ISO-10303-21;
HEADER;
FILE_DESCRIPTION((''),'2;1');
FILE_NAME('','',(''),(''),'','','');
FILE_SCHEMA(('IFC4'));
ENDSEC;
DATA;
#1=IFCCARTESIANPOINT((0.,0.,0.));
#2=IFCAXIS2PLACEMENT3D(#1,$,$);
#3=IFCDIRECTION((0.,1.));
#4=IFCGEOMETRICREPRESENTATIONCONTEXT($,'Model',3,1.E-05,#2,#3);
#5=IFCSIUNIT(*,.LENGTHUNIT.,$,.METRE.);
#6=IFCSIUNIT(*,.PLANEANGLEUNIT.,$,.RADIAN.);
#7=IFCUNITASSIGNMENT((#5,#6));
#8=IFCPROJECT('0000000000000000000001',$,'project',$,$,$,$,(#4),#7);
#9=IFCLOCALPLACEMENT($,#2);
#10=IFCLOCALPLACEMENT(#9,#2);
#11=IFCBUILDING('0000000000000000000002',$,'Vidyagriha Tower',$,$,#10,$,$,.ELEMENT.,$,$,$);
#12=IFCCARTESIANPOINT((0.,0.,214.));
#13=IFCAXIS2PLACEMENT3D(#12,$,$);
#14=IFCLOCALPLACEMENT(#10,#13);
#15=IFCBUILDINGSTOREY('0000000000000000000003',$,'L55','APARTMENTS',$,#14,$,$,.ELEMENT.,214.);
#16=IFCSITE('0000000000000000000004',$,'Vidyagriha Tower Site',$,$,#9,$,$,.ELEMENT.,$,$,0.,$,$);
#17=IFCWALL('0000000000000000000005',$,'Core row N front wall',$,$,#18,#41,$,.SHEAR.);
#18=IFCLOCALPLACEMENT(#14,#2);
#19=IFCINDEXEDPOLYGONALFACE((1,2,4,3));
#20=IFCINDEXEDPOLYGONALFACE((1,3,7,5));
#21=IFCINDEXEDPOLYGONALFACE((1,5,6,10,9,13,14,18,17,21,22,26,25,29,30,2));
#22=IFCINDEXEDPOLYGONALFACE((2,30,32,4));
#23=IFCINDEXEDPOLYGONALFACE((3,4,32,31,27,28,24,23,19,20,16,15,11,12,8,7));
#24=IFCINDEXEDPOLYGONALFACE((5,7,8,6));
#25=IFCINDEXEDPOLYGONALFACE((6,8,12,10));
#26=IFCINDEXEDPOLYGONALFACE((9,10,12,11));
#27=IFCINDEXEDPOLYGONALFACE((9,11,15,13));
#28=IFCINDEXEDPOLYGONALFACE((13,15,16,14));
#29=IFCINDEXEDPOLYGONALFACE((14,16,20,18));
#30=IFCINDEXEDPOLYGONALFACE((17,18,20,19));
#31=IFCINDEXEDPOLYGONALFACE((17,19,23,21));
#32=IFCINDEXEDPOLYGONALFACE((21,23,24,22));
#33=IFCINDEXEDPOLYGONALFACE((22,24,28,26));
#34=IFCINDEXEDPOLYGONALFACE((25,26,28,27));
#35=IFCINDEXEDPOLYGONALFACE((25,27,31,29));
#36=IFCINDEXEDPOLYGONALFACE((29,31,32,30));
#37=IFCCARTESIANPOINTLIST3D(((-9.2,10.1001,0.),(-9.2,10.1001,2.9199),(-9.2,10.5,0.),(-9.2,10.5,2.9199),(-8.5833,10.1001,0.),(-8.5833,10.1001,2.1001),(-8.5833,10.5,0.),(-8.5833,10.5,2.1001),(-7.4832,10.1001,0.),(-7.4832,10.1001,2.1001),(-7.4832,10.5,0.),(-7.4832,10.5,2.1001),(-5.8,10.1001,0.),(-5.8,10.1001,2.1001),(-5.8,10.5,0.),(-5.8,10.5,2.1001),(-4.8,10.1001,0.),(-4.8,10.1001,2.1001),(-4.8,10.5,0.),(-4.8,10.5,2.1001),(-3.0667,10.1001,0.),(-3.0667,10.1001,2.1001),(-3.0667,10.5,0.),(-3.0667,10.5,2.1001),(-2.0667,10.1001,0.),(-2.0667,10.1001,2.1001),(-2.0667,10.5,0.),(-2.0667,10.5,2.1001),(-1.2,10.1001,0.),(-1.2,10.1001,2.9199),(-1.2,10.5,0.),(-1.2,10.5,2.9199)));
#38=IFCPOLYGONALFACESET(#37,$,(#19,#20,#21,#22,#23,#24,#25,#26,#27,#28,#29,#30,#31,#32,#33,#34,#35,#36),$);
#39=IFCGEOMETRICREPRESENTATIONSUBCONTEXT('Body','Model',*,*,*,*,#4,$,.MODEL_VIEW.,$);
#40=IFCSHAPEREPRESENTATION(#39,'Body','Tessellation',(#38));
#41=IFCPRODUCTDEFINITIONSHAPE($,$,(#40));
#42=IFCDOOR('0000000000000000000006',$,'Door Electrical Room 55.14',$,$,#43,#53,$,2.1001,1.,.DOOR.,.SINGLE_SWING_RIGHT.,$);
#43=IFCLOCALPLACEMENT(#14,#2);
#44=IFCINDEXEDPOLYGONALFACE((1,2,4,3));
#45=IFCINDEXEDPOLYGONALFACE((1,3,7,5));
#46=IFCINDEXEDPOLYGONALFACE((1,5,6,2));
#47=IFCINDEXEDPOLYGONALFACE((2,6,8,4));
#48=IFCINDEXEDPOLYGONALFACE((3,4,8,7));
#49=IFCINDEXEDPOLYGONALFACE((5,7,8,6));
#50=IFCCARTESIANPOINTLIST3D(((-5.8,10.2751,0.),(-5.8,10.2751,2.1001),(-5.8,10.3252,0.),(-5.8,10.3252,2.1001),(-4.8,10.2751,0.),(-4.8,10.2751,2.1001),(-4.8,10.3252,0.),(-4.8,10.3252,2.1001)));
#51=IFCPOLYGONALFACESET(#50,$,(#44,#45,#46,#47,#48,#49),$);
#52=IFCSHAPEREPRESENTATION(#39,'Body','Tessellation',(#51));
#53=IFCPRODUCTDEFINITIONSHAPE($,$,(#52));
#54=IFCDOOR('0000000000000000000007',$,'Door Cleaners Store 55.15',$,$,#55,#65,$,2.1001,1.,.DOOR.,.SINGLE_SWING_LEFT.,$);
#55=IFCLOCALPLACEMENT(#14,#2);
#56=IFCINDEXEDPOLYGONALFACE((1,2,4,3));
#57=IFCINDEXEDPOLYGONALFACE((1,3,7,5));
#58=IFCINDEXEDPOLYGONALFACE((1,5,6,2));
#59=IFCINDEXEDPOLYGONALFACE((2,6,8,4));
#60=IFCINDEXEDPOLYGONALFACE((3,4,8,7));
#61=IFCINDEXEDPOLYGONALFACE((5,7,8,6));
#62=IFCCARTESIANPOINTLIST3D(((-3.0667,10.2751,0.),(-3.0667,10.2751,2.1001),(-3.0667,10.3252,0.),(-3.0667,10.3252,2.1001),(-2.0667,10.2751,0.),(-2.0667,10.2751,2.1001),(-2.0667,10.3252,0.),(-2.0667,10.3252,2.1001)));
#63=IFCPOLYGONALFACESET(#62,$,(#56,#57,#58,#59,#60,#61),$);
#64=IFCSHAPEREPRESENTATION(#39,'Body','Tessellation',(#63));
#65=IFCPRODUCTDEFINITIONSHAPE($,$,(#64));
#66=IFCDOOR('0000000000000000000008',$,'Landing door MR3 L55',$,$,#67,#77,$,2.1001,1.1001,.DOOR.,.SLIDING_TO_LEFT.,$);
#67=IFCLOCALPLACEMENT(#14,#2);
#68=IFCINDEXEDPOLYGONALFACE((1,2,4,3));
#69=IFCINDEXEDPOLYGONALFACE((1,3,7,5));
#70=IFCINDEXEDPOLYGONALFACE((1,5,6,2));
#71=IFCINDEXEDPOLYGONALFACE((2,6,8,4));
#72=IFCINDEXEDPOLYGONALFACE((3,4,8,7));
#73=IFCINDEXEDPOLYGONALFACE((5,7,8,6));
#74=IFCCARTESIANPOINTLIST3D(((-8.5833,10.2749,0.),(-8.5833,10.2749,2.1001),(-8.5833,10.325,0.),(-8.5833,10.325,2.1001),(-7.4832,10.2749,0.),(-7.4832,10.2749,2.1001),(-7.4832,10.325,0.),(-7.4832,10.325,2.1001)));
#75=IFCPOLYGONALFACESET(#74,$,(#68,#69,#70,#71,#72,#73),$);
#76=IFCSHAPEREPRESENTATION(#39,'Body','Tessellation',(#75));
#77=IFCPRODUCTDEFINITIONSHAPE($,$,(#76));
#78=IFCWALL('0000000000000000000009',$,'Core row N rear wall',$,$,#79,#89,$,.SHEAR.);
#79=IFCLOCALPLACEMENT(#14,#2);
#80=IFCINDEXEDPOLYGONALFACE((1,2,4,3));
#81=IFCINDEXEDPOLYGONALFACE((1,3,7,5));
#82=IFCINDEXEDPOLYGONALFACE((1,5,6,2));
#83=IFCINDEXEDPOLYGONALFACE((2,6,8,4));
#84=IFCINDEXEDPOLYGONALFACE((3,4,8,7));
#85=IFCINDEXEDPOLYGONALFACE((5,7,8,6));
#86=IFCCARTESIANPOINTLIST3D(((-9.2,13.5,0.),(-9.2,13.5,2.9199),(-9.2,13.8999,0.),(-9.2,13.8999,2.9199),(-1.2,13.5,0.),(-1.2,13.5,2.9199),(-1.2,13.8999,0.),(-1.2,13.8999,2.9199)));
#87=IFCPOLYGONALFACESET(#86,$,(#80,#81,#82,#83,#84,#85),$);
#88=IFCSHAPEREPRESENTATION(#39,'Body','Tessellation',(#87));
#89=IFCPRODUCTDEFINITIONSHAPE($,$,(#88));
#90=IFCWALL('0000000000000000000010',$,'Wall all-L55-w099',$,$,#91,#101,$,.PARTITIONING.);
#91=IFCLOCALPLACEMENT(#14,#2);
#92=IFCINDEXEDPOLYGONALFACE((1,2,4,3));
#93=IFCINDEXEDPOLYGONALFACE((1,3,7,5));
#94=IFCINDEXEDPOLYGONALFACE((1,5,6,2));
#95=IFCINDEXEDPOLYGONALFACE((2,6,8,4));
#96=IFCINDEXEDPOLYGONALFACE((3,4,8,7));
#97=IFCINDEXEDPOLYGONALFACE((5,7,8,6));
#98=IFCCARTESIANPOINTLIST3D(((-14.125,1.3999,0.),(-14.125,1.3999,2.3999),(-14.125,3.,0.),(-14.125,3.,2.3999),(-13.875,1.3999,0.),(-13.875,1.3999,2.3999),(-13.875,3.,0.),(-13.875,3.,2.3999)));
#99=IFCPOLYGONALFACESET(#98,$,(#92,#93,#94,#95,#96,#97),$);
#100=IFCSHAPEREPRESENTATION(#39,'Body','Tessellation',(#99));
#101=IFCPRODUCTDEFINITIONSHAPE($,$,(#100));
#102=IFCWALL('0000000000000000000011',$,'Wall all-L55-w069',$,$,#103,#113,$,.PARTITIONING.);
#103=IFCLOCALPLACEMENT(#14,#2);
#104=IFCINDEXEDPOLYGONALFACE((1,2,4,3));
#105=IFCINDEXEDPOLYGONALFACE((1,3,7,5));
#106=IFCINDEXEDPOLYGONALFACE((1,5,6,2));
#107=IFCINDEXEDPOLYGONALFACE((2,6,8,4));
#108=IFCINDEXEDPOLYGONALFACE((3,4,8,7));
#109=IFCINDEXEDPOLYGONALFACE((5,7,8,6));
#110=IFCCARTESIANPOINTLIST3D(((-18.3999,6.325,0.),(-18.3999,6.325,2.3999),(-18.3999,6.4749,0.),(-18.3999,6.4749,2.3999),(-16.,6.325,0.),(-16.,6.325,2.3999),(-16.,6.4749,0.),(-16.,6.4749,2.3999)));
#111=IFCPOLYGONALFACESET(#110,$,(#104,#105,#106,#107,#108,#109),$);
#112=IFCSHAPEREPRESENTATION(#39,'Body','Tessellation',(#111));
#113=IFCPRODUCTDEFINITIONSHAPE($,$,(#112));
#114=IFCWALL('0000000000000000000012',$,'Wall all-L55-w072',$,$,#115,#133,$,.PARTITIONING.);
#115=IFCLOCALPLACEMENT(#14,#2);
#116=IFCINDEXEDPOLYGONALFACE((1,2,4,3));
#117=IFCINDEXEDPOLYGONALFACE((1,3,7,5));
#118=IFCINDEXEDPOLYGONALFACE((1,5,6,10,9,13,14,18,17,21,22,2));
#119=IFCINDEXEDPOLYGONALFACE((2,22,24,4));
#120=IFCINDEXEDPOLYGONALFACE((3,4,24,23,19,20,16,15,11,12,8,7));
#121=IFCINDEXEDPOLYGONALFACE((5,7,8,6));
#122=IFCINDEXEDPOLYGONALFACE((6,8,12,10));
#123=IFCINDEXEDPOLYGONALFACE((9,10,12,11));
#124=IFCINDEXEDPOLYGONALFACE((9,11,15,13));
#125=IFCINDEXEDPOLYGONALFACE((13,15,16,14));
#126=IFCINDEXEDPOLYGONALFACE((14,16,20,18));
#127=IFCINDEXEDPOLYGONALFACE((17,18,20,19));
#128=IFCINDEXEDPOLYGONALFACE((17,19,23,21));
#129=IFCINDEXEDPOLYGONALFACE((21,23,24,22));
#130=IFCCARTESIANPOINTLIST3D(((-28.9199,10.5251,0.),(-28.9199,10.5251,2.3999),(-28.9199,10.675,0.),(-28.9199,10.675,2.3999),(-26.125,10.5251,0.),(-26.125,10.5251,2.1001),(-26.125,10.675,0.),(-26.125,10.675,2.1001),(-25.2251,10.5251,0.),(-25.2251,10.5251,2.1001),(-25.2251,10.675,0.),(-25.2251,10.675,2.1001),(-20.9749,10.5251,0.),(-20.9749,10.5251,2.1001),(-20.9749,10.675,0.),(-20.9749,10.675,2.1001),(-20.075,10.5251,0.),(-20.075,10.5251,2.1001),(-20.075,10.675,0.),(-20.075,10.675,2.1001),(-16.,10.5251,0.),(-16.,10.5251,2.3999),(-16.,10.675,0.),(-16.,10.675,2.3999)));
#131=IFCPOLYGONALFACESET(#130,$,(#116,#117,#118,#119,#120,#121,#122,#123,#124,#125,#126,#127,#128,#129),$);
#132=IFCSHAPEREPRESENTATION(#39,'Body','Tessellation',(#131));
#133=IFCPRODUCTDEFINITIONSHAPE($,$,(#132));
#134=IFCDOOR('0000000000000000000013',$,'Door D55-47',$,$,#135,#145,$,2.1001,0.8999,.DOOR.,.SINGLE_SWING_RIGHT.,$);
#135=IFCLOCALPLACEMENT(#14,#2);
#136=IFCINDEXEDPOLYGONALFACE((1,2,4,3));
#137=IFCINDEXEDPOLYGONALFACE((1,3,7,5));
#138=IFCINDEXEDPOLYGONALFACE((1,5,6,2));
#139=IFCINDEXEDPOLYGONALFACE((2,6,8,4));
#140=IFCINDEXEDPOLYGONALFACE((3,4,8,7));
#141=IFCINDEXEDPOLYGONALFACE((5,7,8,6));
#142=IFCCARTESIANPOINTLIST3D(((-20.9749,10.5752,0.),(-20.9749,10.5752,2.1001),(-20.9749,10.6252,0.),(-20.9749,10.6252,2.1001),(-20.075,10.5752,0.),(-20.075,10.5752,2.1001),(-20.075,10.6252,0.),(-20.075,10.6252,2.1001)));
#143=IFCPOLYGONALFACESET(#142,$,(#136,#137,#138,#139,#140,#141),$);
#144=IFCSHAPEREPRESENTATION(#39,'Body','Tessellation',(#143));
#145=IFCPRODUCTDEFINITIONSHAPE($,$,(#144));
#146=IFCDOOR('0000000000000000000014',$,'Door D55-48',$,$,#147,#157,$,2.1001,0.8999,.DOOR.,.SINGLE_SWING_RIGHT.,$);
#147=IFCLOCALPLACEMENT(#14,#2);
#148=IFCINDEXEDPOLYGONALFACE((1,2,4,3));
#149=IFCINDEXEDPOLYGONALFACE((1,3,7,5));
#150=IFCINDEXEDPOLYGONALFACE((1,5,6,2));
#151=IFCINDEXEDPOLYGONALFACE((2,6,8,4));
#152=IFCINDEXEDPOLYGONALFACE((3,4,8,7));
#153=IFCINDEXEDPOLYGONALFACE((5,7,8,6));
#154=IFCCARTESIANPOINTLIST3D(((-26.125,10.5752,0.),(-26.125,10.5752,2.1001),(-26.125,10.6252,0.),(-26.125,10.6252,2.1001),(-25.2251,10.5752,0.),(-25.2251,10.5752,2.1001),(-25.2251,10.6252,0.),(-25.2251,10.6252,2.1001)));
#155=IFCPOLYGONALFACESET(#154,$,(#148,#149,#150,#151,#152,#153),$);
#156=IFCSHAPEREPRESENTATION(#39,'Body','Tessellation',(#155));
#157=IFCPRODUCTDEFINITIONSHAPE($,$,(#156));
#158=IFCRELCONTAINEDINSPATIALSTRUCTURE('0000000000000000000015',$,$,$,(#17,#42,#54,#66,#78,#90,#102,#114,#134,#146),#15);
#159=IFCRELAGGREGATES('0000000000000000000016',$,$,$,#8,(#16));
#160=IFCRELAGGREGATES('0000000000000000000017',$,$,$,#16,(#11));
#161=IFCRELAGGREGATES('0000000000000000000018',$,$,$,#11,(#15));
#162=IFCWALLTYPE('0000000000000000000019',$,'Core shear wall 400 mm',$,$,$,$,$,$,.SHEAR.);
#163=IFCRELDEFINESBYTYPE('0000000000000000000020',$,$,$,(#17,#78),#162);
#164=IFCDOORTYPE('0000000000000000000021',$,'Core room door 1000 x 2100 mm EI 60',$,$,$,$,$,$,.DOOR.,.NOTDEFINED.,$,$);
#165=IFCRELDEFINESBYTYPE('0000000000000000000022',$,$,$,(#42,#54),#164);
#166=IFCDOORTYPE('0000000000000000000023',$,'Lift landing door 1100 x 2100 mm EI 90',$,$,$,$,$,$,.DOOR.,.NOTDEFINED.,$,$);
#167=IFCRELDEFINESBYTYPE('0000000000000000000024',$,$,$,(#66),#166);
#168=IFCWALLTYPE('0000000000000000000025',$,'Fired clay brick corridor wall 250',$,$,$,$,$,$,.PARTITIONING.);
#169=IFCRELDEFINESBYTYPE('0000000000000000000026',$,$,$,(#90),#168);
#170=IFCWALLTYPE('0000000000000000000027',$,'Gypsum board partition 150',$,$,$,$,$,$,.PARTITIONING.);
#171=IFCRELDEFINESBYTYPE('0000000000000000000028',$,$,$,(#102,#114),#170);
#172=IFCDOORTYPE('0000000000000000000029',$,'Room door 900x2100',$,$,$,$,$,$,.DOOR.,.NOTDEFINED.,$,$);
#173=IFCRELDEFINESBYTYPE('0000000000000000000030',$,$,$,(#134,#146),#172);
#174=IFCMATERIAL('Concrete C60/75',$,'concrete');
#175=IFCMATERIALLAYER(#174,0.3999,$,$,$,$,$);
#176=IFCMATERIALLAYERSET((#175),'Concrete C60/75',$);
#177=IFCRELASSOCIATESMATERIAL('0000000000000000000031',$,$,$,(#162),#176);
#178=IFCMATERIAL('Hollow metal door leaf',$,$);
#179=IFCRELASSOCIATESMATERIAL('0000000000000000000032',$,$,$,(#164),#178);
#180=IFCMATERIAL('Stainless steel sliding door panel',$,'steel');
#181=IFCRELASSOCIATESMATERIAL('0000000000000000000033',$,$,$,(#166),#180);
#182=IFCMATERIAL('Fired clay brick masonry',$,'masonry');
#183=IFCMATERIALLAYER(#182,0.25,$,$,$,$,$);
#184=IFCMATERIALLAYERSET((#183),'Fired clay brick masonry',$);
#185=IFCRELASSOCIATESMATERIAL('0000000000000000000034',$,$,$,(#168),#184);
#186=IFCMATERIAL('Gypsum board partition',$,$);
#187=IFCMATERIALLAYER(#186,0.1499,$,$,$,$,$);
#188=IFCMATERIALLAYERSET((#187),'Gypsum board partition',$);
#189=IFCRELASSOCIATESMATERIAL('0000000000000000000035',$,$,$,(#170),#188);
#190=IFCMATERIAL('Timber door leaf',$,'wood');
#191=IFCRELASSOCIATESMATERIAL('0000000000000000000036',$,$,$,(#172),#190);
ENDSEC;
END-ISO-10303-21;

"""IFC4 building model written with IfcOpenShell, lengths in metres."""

from ifc_helpers import new_model, si_unit, direction, frame, frame_2d, origin, place, context, subcontext, project, spatial, rectangle, extrude, material, layer, layer_set, type_object, element, fill, save


model = new_model("IFC4")

# Units and contexts
model_context = context("Model", 3, precision=1e-05, world=origin(), true_north=direction((0.0, 1.0)))
body_context = subcontext(model_context, "Body", "Model", "MODEL_VIEW")
ifc_project = project(units=[si_unit("LENGTHUNIT", "METRE"), si_unit("PLANEANGLEUNIT", "RADIAN")], contexts=[model_context])

# Site, building, storey
site_placement = place(None, origin())
site = spatial("IfcSite", under=ifc_project, at=site_placement, Name="Vidyagriha Tower Site", CompositionType="ELEMENT", RefElevation=0.0)
building_placement = place(site_placement, origin())
building = spatial("IfcBuilding", under=site, at=building_placement, Name="Vidyagriha Tower", CompositionType="ELEMENT")
storey_placement = place(building_placement, frame((0.0, 0.0, 214.0)))
storey = spatial("IfcBuildingStorey", under=building, at=storey_placement, Name="L55", Description="APARTMENTS", CompositionType="ELEMENT", Elevation=214.0)

# Shared definitions
ifc_material_1 = material(Name="Concrete C60/75", Category="concrete")
ifc_layer_1 = layer(ifc_material_1, 0.3999)
ifc_layer_set_1 = layer_set([ifc_layer_1], Name="Concrete C60/75")
wall_type_1 = type_object("IfcWallType", Name="Core shear wall 400 mm", PredefinedType="SHEAR", material=ifc_layer_set_1)

# Shared definitions
ifc_material_2 = material(Name="Hollow metal door leaf")
door_type_1 = type_object("IfcDoorType", Name="Core room door 1000 x 2100 mm EI 60", OperationType="NOTDEFINED", PredefinedType="DOOR", material=ifc_material_2)
ifc_material_3 = material(Name="Stainless steel sliding door panel", Category="steel")
door_type_2 = type_object("IfcDoorType", Name="Lift landing door 1100 x 2100 mm EI 90", OperationType="NOTDEFINED", PredefinedType="DOOR", material=ifc_material_3)

# Wall, openings, doors
wall_1_placement = place(storey_placement, frame((-9.2, 10.3, 0.0)))
wall_1 = element("IfcWall", 1, at=wall_1_placement, inside=storey, type_object=wall_type_1, Name="Core row N front wall", PredefinedType="SHEAR", context=body_context, shape_type="SweptSolid", body=[
    extrude(rectangle(XDim=8.0, YDim=0.3999, at=frame_2d((4.0, 0.0))), origin(), (0.0, 0.0, 1.0), 2.9199),
])
opening_1_placement = place(wall_1_placement, frame((0.6167, 0.0, 0.0)))
opening_1 = element("IfcOpeningElement", 2, at=opening_1_placement, cuts=wall_1, PredefinedType="OPENING", context=body_context, shape_type="SweptSolid", body=[
    extrude(rectangle(XDim=1.1001, YDim=2.1001, at=frame_2d((0.55, 1.05))), frame((0.0, 0.21, 0.0), z_axis=(0.0, -1.0, 0.0), x_axis=(1.0, 0.0, 0.0)), (0.0, 0.0, 1.0), 0.4199),
])
opening_2_placement = place(wall_1_placement, frame((3.3999, 0.0, 0.0)))
opening_2 = element("IfcOpeningElement", 3, at=opening_2_placement, cuts=wall_1, PredefinedType="OPENING", context=body_context, shape_type="SweptSolid", body=[
    extrude(rectangle(XDim=1.0, YDim=2.1001, at=frame_2d((0.5, 1.05))), frame((0.0, 0.21, 0.0), z_axis=(0.0, -1.0, 0.0), x_axis=(1.0, 0.0, 0.0)), (0.0, 0.0, 1.0), 0.4199),
])
opening_3_placement = place(wall_1_placement, frame((6.1333, 0.0, 0.0)))
opening_3 = element("IfcOpeningElement", 4, at=opening_3_placement, cuts=wall_1, PredefinedType="OPENING", context=body_context, shape_type="SweptSolid", body=[
    extrude(rectangle(XDim=1.0, YDim=2.1001, at=frame_2d((0.5, 1.05))), frame((0.0, 0.21, 0.0), z_axis=(0.0, -1.0, 0.0), x_axis=(1.0, 0.0, 0.0)), (0.0, 0.0, 1.0), 0.4199),
])
door_1_placement = place(opening_2_placement, frame((1.0, 0.0, 0.0), z_axis=(0.0, 0.0, 1.0), x_axis=(-1.0, 0.0, 0.0)))
door_1 = element("IfcDoor", 5, at=door_1_placement, inside=storey, type_object=door_type_1, Name="Door Electrical Room 55.14", OperationType="SINGLE_SWING_RIGHT", OverallHeight=2.1001, OverallWidth=1.0, PredefinedType="DOOR", context=body_context, shape_type="SweptSolid", body=[
    extrude(rectangle(XDim=1.0, YDim=2.1001, at=frame_2d((0.5, 1.05))), frame((0.0, 0.0249, 0.0), z_axis=(0.0, -1.0, 0.0), x_axis=(1.0, 0.0, 0.0)), (0.0, 0.0, 1.0), 0.05),
])
fill(opening_2, door_1)
door_2_placement = place(opening_3_placement, frame((1.0, 0.0, 0.0), z_axis=(0.0, 0.0, 1.0), x_axis=(-1.0, 0.0, 0.0)))
door_2 = element("IfcDoor", 6, at=door_2_placement, inside=storey, type_object=door_type_1, Name="Door Cleaners Store 55.15", OperationType="SINGLE_SWING_LEFT", OverallHeight=2.1001, OverallWidth=1.0, PredefinedType="DOOR", context=body_context, shape_type="SweptSolid", body=[
    extrude(rectangle(XDim=1.0, YDim=2.1001, at=frame_2d((0.5, 1.05))), frame((0.0, 0.0249, 0.0), z_axis=(0.0, -1.0, 0.0), x_axis=(1.0, 0.0, 0.0)), (0.0, 0.0, 1.0), 0.05),
])
fill(opening_3, door_2)
door_3_placement = place(opening_1_placement, origin())
door_3 = element("IfcDoor", 7, at=door_3_placement, inside=storey, type_object=door_type_2, Name="Landing door MR3 L55", OperationType="SLIDING_TO_LEFT", OverallHeight=2.1001, OverallWidth=1.1001, PredefinedType="DOOR", context=body_context, shape_type="SweptSolid", body=[
    extrude(rectangle(XDim=1.1001, YDim=2.1001, at=frame_2d((0.55, 1.05))), frame((0.0, 0.0249, 0.0), z_axis=(0.0, -1.0, 0.0), x_axis=(1.0, 0.0, 0.0)), (0.0, 0.0, 1.0), 0.05),
])
fill(opening_1, door_3)

# Walls
wall_2_placement = place(storey_placement, frame((-9.2, 13.7, 0.0)))
element("IfcWall", 8, at=wall_2_placement, inside=storey, type_object=wall_type_1, Name="Core row N rear wall", PredefinedType="SHEAR", context=body_context, shape_type="SweptSolid", body=[
    extrude(rectangle(XDim=8.0, YDim=0.3999, at=frame_2d((4.0, 0.0))), origin(), (0.0, 0.0, 1.0), 2.9199),
])
ifc_material_4 = material(Name="Fired clay brick masonry", Category="masonry")
ifc_layer_2 = layer(ifc_material_4, 0.25)
ifc_layer_set_2 = layer_set([ifc_layer_2], Name="Fired clay brick masonry")
wall_type_2 = type_object("IfcWallType", Name="Fired clay brick corridor wall 250", PredefinedType="PARTITIONING", material=ifc_layer_set_2)
wall_3_placement = place(storey_placement, frame((-14.0, 3.0, 0.0), z_axis=(0.0, 0.0, 1.0), x_axis=(0.0, -1.0, 0.0)))
element("IfcWall", 9, at=wall_3_placement, inside=storey, type_object=wall_type_2, Name="Wall all-L55-w099", PredefinedType="PARTITIONING", context=body_context, shape_type="SweptSolid", body=[
    extrude(rectangle(XDim=1.6001, YDim=0.25, at=frame_2d((0.8, 0.0))), origin(), (0.0, 0.0, 1.0), 2.3999),
])
ifc_material_5 = material(Name="Gypsum board partition")
ifc_layer_3 = layer(ifc_material_5, 0.1499)
ifc_layer_set_3 = layer_set([ifc_layer_3], Name="Gypsum board partition")
wall_type_3 = type_object("IfcWallType", Name="Gypsum board partition 150", PredefinedType="PARTITIONING", material=ifc_layer_set_3)
wall_4_placement = place(storey_placement, frame((-18.3999, 6.3999, 0.0)))
element("IfcWall", 10, at=wall_4_placement, inside=storey, type_object=wall_type_3, Name="Wall all-L55-w069", PredefinedType="PARTITIONING", context=body_context, shape_type="SweptSolid", body=[
    extrude(rectangle(XDim=2.3999, YDim=0.1499, at=frame_2d((1.2, 0.0))), origin(), (0.0, 0.0, 1.0), 2.3999),
])

# Wall, openings, doors
wall_5_placement = place(storey_placement, frame((-16.0, 10.6001, 0.0), z_axis=(0.0, 0.0, 1.0), x_axis=(-1.0, 0.0, 0.0)))
wall_5 = element("IfcWall", 11, at=wall_5_placement, inside=storey, type_object=wall_type_3, Name="Wall all-L55-w072", PredefinedType="PARTITIONING", context=body_context, shape_type="SweptSolid", body=[
    extrude(rectangle(XDim=12.9199, YDim=0.1499, at=frame_2d((6.46, 0.0))), origin(), (0.0, 0.0, 1.0), 2.3999),
])
opening_4_placement = place(wall_5_placement, frame((4.075, 0.0, 0.0)))
opening_4 = element("IfcOpeningElement", 12, at=opening_4_placement, cuts=wall_5, PredefinedType="OPENING", context=body_context, shape_type="SweptSolid", body=[
    extrude(rectangle(XDim=0.8999, YDim=2.1001, at=frame_2d((0.45, 1.05))), frame((0.0, 0.085, 0.0), z_axis=(0.0, -1.0, 0.0), x_axis=(1.0, 0.0, 0.0)), (0.0, 0.0, 1.0), 0.1699),
])
opening_5_placement = place(wall_5_placement, frame((9.2251, 0.0, 0.0)))
opening_5 = element("IfcOpeningElement", 13, at=opening_5_placement, cuts=wall_5, PredefinedType="OPENING", context=body_context, shape_type="SweptSolid", body=[
    extrude(rectangle(XDim=0.8999, YDim=2.1001, at=frame_2d((0.45, 1.05))), frame((0.0, 0.085, 0.0), z_axis=(0.0, -1.0, 0.0), x_axis=(1.0, 0.0, 0.0)), (0.0, 0.0, 1.0), 0.1699),
])
ifc_material_6 = material(Name="Timber door leaf", Category="wood")
door_type_3 = type_object("IfcDoorType", Name="Room door 900x2100", OperationType="NOTDEFINED", PredefinedType="DOOR", material=ifc_material_6)
door_4_placement = place(opening_4_placement, origin())
door_4 = element("IfcDoor", 14, at=door_4_placement, inside=storey, type_object=door_type_3, Name="Door D55-47", OperationType="SINGLE_SWING_RIGHT", OverallHeight=2.1001, OverallWidth=0.8999, PredefinedType="DOOR", context=body_context, shape_type="SweptSolid", body=[
    extrude(rectangle(XDim=0.8999, YDim=2.1001, at=frame_2d((0.45, 1.05))), frame((0.0, 0.0249, 0.0), z_axis=(0.0, -1.0, 0.0), x_axis=(1.0, 0.0, 0.0)), (0.0, 0.0, 1.0), 0.05),
])
fill(opening_4, door_4)
door_5_placement = place(opening_5_placement, origin())
door_5 = element("IfcDoor", 15, at=door_5_placement, inside=storey, type_object=door_type_3, Name="Door D55-48", OperationType="SINGLE_SWING_RIGHT", OverallHeight=2.1001, OverallWidth=0.8999, PredefinedType="DOOR", context=body_context, shape_type="SweptSolid", body=[
    extrude(rectangle(XDim=0.8999, YDim=2.1001, at=frame_2d((0.45, 1.05))), frame((0.0, 0.0249, 0.0), z_axis=(0.0, -1.0, 0.0), x_axis=(1.0, 0.0, 0.0)), (0.0, 0.0, 1.0), 0.05),
])
fill(opening_5, door_5)

save(model, "model.ifc")
